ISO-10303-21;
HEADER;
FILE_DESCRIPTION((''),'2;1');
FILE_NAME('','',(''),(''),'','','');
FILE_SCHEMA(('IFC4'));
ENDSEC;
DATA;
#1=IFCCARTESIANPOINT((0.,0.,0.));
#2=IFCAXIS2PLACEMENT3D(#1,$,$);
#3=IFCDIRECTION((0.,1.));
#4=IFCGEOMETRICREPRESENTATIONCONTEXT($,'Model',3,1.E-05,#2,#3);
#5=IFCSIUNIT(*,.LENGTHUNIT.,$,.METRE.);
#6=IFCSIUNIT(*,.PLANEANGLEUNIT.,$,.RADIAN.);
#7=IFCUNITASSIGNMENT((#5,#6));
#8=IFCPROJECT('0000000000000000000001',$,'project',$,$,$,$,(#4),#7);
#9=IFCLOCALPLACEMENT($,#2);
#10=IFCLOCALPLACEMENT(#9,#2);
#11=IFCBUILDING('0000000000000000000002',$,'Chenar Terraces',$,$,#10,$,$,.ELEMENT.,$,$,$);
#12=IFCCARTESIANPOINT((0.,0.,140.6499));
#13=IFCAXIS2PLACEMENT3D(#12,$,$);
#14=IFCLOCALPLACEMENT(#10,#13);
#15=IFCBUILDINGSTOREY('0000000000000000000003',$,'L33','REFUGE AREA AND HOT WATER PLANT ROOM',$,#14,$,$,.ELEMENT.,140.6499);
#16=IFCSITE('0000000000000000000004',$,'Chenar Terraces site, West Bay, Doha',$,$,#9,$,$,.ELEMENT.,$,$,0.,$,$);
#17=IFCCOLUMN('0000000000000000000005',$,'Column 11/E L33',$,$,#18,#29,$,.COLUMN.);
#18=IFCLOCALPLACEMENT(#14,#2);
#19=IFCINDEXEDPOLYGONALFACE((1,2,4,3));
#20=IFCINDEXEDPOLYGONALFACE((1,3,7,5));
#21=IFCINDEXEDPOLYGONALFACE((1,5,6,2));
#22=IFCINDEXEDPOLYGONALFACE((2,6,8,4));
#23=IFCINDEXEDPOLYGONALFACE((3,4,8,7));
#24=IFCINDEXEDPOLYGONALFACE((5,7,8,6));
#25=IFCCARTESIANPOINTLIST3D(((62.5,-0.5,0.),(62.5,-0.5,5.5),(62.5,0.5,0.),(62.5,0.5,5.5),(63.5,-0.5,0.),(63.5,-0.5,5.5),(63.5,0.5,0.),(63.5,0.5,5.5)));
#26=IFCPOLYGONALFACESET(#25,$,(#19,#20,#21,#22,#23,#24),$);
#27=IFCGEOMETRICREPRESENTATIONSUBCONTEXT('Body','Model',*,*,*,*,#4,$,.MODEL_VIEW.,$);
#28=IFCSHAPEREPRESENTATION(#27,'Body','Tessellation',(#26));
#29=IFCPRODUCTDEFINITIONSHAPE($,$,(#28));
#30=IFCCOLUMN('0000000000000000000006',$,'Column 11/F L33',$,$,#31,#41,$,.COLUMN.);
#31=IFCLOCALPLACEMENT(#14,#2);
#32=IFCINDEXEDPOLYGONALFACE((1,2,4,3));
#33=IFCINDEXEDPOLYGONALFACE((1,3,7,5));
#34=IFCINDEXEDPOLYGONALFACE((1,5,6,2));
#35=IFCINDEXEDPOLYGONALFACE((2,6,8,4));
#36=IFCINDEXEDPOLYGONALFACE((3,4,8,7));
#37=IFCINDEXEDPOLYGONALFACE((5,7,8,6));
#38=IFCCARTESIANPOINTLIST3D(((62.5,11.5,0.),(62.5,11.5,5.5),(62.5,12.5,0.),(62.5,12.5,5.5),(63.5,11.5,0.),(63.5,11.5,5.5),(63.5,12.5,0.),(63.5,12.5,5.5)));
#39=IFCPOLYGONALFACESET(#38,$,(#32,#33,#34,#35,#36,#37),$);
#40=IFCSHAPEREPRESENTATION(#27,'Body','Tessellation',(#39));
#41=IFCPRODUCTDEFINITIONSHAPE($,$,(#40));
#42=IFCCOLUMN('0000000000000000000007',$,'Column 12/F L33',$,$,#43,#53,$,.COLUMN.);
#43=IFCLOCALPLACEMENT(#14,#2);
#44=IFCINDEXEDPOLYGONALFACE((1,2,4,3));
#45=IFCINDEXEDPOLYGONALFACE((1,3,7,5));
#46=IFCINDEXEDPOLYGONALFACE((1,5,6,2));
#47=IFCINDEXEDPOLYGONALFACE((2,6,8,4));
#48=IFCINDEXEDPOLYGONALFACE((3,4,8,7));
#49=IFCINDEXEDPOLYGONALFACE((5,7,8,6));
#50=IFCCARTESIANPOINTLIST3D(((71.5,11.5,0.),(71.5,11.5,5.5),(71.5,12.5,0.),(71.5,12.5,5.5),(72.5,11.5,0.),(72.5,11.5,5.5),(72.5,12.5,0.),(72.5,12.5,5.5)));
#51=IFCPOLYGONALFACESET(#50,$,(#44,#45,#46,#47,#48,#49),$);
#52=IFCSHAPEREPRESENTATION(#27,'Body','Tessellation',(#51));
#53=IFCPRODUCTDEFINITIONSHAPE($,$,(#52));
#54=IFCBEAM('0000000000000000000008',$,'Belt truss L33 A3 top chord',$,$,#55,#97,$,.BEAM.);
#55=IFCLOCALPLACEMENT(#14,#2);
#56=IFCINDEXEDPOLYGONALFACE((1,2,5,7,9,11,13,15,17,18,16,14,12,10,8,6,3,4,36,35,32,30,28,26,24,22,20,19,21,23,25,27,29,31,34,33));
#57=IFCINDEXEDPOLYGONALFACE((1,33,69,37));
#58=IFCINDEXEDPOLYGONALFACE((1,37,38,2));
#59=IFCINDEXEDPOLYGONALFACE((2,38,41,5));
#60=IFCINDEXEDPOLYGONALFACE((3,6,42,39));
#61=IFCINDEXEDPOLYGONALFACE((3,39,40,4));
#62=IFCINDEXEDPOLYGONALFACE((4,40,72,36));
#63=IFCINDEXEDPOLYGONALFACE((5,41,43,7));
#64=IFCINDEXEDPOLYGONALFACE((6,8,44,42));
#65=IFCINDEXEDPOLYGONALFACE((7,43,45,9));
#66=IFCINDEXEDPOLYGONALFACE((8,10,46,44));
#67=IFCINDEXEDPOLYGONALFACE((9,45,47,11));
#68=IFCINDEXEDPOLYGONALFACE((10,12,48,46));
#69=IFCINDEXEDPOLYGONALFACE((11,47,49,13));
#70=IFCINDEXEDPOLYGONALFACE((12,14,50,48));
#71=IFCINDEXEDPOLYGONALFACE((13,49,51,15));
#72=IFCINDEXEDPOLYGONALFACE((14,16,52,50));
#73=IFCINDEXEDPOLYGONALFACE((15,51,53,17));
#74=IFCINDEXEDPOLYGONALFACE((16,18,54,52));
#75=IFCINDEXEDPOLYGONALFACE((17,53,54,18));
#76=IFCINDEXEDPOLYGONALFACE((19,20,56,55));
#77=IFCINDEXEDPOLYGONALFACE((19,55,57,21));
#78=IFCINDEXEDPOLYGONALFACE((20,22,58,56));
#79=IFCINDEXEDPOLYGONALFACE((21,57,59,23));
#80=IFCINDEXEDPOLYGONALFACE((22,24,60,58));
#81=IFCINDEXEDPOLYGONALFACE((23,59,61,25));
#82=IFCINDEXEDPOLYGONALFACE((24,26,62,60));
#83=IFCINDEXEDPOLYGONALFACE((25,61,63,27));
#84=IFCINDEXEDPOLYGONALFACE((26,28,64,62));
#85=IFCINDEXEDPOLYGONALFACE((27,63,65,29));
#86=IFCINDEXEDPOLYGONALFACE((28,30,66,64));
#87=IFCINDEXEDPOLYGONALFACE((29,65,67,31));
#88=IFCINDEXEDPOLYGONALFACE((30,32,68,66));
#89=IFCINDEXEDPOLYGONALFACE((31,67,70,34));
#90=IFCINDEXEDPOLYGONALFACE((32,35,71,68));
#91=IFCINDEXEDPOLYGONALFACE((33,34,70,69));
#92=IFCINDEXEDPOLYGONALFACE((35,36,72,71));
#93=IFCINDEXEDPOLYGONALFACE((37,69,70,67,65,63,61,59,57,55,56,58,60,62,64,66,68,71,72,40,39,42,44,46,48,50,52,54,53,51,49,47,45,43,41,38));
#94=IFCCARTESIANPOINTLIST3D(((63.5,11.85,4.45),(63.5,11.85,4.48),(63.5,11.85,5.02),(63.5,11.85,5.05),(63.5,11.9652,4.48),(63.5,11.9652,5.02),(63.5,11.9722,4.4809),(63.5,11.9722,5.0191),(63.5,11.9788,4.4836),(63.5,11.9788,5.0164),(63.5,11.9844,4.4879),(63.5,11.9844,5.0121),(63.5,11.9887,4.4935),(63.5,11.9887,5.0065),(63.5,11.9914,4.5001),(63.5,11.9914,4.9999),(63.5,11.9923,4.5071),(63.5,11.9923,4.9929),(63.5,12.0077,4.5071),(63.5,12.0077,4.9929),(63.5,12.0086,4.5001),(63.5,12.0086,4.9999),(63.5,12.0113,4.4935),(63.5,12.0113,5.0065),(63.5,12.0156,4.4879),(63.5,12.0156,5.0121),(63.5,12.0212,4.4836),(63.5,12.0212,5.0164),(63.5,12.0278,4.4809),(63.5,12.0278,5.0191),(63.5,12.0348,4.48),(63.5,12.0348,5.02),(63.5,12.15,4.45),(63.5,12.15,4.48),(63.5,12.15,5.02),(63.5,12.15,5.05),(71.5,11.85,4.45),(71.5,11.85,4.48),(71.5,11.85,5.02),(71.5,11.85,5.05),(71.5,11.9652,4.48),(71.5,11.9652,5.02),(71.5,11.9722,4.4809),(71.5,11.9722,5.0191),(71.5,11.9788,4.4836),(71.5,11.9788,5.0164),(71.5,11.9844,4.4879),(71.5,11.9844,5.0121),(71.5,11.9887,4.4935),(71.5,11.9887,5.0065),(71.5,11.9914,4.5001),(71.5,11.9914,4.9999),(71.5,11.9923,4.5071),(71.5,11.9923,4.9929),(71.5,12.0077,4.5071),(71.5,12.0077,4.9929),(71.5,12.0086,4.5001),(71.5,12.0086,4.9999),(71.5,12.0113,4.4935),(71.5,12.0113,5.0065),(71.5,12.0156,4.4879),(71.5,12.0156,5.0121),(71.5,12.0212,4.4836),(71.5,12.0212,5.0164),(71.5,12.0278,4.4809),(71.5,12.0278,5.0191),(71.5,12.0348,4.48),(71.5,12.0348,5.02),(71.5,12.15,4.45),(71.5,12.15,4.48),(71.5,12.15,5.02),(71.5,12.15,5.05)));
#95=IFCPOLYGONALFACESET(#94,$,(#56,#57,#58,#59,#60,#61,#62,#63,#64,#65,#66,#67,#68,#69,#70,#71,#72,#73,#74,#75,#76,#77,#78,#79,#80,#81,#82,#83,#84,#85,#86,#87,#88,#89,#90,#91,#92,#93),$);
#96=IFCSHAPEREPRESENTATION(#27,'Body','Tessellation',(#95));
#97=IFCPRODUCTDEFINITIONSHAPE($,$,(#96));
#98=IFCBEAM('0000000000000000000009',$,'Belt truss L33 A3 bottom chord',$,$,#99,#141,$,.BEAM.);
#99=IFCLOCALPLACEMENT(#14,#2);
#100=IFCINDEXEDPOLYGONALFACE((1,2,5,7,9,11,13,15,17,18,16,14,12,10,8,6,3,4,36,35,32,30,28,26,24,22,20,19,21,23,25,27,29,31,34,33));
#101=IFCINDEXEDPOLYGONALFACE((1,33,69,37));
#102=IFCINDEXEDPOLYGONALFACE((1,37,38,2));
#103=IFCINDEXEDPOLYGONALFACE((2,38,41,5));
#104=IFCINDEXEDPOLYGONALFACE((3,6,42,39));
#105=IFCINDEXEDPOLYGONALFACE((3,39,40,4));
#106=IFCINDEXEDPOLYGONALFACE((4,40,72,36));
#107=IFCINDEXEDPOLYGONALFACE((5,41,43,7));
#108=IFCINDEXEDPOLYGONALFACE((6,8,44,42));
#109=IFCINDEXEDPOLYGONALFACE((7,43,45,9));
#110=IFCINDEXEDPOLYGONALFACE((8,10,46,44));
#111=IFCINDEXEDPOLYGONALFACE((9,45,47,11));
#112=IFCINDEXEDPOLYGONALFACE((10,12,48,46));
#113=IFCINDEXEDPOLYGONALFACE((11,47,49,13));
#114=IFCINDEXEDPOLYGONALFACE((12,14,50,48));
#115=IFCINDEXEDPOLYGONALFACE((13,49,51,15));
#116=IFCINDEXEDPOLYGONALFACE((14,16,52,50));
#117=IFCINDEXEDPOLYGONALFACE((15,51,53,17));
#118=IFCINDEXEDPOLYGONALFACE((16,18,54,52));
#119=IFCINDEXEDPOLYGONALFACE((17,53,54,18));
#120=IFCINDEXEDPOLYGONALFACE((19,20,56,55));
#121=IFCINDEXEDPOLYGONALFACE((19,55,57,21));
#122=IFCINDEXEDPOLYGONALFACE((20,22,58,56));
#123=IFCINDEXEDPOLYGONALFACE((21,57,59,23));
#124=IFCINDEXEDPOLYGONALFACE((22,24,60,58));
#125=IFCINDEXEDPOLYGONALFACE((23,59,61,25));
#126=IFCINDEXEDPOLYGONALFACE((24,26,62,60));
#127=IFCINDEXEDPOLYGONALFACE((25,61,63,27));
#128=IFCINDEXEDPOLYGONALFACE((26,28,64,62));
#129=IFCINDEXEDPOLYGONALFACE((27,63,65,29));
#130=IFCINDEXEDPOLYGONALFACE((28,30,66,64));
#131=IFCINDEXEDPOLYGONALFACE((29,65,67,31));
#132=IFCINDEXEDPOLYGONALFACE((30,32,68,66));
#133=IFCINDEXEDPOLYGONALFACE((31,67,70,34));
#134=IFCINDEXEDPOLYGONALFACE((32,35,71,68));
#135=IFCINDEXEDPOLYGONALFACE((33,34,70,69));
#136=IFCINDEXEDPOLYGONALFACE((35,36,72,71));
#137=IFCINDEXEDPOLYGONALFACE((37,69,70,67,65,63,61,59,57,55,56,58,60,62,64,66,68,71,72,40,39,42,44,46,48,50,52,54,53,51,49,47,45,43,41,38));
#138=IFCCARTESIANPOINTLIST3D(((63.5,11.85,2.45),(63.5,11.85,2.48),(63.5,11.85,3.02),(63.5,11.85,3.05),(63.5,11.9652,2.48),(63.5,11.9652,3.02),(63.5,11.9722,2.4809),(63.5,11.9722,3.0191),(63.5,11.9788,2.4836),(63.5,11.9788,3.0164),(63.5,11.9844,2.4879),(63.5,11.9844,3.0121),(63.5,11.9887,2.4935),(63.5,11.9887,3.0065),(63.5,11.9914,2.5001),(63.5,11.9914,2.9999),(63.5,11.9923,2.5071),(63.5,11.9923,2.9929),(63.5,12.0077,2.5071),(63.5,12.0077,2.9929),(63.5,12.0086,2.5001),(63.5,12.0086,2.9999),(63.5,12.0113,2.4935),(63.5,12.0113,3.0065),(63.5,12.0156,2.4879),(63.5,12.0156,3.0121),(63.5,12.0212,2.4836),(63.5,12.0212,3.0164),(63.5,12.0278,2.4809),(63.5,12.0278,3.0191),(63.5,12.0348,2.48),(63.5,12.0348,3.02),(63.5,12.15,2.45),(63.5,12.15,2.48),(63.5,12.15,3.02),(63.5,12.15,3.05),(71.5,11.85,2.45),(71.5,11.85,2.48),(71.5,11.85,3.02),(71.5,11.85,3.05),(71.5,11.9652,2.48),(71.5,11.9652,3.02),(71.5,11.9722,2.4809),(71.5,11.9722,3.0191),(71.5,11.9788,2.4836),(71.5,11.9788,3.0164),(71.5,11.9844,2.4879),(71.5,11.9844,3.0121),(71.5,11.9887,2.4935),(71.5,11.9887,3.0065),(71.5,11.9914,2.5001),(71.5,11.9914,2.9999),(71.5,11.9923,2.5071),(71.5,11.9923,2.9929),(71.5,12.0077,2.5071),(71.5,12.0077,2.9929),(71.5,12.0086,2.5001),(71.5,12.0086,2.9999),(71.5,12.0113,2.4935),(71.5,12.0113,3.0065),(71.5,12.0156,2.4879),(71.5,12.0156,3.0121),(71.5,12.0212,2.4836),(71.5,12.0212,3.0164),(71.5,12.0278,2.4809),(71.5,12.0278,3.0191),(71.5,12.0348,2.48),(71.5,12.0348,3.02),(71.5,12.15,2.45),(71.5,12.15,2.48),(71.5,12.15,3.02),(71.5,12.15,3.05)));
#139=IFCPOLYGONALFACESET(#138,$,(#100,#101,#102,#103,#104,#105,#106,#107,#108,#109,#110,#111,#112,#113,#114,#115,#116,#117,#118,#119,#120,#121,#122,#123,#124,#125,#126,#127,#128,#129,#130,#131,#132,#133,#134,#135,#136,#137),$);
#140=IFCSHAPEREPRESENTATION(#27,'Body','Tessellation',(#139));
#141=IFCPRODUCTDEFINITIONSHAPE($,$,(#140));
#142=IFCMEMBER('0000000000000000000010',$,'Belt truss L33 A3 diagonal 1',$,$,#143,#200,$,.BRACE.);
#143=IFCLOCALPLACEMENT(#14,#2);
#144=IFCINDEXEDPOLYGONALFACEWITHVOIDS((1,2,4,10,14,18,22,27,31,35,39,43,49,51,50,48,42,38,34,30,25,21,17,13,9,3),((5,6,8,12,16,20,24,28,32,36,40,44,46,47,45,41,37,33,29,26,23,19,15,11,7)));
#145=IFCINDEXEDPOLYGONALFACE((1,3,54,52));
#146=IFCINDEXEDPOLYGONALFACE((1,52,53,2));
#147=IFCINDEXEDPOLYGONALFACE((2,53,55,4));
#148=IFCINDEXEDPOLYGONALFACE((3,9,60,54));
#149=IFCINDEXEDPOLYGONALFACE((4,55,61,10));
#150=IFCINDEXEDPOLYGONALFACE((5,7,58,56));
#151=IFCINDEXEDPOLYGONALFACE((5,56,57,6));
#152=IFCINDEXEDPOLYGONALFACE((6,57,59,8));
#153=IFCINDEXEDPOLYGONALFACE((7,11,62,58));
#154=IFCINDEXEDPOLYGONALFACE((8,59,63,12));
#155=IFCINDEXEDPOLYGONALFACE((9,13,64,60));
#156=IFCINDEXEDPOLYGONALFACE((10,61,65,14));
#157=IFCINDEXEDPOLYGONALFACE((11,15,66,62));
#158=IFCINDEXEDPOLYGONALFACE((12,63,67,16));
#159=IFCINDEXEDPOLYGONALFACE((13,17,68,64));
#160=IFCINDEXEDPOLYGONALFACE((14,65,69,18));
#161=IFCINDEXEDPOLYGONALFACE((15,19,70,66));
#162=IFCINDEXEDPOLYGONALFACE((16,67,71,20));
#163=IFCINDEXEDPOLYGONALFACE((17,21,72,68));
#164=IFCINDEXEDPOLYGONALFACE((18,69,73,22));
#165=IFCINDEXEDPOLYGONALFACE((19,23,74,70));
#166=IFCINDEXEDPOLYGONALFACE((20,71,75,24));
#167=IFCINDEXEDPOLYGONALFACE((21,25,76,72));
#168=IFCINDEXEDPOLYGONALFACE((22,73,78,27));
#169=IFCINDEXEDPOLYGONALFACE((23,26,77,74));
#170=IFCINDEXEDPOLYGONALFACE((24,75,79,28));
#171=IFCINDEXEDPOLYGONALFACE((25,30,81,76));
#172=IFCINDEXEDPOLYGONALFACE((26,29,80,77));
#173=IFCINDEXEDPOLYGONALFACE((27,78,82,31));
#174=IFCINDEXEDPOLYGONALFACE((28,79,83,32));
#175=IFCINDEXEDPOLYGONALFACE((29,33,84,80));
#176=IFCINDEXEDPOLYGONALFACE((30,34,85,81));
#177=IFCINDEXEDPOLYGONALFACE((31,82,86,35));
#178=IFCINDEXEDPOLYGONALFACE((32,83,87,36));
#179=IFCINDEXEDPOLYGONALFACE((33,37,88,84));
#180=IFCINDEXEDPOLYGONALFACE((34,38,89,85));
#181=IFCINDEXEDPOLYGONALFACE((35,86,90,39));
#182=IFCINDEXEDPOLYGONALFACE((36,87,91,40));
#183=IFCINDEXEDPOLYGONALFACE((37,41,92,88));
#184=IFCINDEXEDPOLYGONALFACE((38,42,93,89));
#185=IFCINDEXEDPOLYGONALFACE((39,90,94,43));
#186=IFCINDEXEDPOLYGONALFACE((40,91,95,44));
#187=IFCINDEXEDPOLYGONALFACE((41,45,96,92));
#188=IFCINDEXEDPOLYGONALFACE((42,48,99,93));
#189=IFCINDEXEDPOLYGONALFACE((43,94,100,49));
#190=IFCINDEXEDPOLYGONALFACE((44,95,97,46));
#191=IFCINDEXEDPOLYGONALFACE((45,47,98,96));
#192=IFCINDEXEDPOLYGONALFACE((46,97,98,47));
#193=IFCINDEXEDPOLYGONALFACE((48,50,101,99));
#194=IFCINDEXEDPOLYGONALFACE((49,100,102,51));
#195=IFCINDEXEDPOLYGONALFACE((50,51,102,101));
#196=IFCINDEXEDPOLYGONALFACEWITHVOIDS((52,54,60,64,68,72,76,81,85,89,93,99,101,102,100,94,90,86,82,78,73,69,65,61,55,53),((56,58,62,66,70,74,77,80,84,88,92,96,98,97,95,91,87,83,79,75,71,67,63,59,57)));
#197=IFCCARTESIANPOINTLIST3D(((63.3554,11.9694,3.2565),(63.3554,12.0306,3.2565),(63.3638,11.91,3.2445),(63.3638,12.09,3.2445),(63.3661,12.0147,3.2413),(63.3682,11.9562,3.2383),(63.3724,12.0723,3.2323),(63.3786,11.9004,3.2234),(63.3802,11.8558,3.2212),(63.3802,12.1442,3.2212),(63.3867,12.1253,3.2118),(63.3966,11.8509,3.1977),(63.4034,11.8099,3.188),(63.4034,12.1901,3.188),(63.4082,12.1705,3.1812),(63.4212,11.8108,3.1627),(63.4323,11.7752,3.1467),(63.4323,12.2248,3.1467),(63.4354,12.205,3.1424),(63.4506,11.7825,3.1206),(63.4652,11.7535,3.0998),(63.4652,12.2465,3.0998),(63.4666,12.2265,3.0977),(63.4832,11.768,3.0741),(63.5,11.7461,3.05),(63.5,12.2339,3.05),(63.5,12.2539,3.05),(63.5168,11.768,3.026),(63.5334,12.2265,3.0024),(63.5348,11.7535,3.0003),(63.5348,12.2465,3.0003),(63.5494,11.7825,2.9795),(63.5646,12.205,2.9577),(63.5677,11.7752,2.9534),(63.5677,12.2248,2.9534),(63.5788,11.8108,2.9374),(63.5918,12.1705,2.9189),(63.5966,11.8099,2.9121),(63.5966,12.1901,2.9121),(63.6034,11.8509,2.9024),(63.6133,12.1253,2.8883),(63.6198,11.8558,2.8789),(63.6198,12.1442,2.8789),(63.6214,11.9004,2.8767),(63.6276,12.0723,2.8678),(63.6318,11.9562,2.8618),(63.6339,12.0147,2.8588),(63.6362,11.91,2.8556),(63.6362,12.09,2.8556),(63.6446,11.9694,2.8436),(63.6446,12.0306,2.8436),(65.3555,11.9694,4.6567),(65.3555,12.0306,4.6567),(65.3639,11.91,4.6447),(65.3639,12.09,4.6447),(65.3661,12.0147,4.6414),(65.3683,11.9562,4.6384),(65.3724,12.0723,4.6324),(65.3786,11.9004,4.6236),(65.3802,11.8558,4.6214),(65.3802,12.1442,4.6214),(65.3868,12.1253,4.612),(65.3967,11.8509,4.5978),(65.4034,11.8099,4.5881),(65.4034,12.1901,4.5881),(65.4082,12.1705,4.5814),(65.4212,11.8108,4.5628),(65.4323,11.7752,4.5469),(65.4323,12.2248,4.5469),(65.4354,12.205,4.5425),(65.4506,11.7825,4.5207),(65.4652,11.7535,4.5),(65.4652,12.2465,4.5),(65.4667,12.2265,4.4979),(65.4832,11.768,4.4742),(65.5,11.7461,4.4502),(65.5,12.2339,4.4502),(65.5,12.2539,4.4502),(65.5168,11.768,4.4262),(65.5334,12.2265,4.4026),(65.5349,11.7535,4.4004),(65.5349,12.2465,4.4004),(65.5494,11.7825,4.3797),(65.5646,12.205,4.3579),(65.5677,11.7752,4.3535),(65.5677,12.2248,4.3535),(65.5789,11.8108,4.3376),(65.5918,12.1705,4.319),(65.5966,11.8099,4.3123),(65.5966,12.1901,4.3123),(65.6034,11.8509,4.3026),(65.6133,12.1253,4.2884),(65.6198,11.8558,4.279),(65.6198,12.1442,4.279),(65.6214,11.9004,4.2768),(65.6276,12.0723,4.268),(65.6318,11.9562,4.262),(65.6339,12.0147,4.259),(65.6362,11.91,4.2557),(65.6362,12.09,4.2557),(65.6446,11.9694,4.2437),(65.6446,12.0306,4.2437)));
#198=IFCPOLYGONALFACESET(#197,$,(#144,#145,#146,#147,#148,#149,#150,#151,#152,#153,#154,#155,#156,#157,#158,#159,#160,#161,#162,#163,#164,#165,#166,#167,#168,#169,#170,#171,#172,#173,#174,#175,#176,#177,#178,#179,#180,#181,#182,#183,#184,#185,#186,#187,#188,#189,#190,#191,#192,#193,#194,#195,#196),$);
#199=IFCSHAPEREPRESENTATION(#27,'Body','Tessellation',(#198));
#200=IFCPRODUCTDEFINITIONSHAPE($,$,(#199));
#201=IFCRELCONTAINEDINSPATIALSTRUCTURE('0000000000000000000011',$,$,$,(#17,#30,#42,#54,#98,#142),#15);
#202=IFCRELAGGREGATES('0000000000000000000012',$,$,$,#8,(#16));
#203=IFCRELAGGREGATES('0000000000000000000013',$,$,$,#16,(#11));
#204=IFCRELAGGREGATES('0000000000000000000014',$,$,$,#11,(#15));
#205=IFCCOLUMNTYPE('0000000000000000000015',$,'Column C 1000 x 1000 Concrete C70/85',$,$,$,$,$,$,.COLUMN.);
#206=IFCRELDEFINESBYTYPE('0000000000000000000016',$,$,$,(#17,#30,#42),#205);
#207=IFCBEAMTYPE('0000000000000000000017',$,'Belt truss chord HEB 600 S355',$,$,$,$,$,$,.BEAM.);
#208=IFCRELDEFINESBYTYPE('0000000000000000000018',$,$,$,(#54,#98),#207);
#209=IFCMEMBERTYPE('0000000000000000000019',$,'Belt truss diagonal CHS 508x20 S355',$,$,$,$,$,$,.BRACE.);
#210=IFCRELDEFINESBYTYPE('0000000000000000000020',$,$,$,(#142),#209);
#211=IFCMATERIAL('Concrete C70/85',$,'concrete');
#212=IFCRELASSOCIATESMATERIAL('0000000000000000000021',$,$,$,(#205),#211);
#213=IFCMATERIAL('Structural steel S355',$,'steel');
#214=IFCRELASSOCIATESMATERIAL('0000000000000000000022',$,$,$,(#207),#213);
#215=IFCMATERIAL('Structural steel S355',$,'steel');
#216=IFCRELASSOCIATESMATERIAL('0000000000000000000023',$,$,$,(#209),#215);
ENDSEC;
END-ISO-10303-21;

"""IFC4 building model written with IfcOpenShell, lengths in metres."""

from ifc_helpers import new_model, si_unit, direction, frame, origin, origin_2d, place, context, subcontext, project, spatial, rectangle, hollow_circle, i_section, extrude, material, material_profile, profile_set, type_object, element, save


model = new_model("IFC4")

# Units and contexts
model_context = context("Model", 3, precision=1e-05, world=origin(), true_north=direction((0.0, 1.0)))
body_context = subcontext(model_context, "Body", "Model", "MODEL_VIEW")
ifc_project = project(units=[si_unit("LENGTHUNIT", "METRE"), si_unit("PLANEANGLEUNIT", "RADIAN")], contexts=[model_context])

# Site, building, storey
site_placement = place(None, origin())
site = spatial("IfcSite", under=ifc_project, at=site_placement, Name="Chenar Terraces site, West Bay, Doha", CompositionType="ELEMENT", RefElevation=0.0)
building_placement = place(site_placement, origin())
building = spatial("IfcBuilding", under=site, at=building_placement, Name="Chenar Terraces", CompositionType="ELEMENT")
storey_placement = place(building_placement, frame((0.0, 0.0, 140.6499)))
storey = spatial("IfcBuildingStorey", under=building, at=storey_placement, Name="L33", Description="REFUGE AREA AND HOT WATER PLANT ROOM", CompositionType="ELEMENT", Elevation=140.6499)

# Columns
ifc_material_1 = material(Name="Concrete C70/85", Category="concrete")
ifc_material_profile_1 = material_profile(ifc_material_1, rectangle(XDim=1.0, YDim=1.0, at=origin_2d()), Name="C 1000 x 1000")
ifc_profile_set_1 = profile_set([ifc_material_profile_1], Name="Concrete C70/85")
column_type = type_object("IfcColumnType", Name="Column C 1000 x 1000 Concrete C70/85", PredefinedType="COLUMN", material=ifc_profile_set_1)
for number, where, z_axis, x_axis, name in (
    (1, (63.0, 0.0, 0.0), (0.0, 0.0, 1.0), (1.0, 0.0, 0.0), "Column 11/E L33"),
    (2, (63.0, 12.0, 0.0), (0.0, 0.0, 1.0), (1.0, 0.0, 0.0), "Column 11/F L33"),
    (3, (72.0, 12.0, 0.0), (0.0, 0.0, 1.0), (1.0, 0.0, 0.0), "Column 12/F L33"),
):
    element("IfcColumn", number, at=place(storey_placement, frame(where, z_axis=z_axis, x_axis=x_axis)), inside=storey, type_object=column_type, Name=name, PredefinedType="COLUMN", context=body_context, shape_type="SweptSolid", body=[
        extrude(rectangle(XDim=1.0, YDim=1.0, at=origin_2d()), origin(), (0.0, 0.0, 1.0), 5.5),
    ])

# Beams
ifc_material_2 = material(Name="Structural steel S355", Category="steel")
ifc_material_profile_2 = material_profile(ifc_material_2, i_section(OverallWidth=0.3, OverallDepth=0.6001, WebThickness=0.0154, FlangeThickness=0.03, FilletRadius=0.0271, at=origin_2d()), Name="HEB 600")
ifc_profile_set_2 = profile_set([ifc_material_profile_2], Name="Structural steel S355")
beam_type_1 = type_object("IfcBeamType", Name="Belt truss chord HEB 600 S355", PredefinedType="BEAM", material=ifc_profile_set_2)
for number, where, z_axis, x_axis, name in (
    (4, (63.5, 12.0, 4.75), (1.0, 0.0, 0.0), (0.0, 1.0, 0.0), "Belt truss L33 A3 top chord"),
    (5, (63.5, 12.0, 2.75), (1.0, 0.0, 0.0), (0.0, 1.0, 0.0), "Belt truss L33 A3 bottom chord"),
):
    element("IfcBeam", number, at=place(storey_placement, frame(where, z_axis=z_axis, x_axis=x_axis)), inside=storey, type_object=beam_type_1, Name=name, PredefinedType="BEAM", context=body_context, shape_type="SweptSolid", body=[
        extrude(i_section(OverallWidth=0.3, OverallDepth=0.6001, WebThickness=0.0154, FlangeThickness=0.03, FilletRadius=0.0271, at=origin_2d()), origin(), (0.0, 0.0, 1.0), 8.0),
    ])

# Member
ifc_material_3 = material(Name="Structural steel S355", Category="steel")
ifc_material_profile_3 = material_profile(ifc_material_3, hollow_circle(Radius=0.2539, WallThickness=0.02, at=origin_2d()), Name="CHS 508x20")
ifc_profile_set_3 = profile_set([ifc_material_profile_3], Name="Structural steel S355")
member_type = type_object("IfcMemberType", Name="Belt truss diagonal CHS 508x20 S355", PredefinedType="BRACE", material=ifc_profile_set_3)
for number, where, z_axis, x_axis, name in (
    (6, (63.5, 12.0, 3.05), (0.819204, 0.0, 0.573503), (0.0, 1.0, 0.0), "Belt truss L33 A3 diagonal 1"),
):
    element("IfcMember", number, at=place(storey_placement, frame(where, z_axis=z_axis, x_axis=x_axis)), inside=storey, type_object=member_type, Name=name, PredefinedType="BRACE", context=body_context, shape_type="SweptSolid", body=[
        extrude(hollow_circle(Radius=0.2539, WallThickness=0.02, at=origin_2d()), origin(), (0.0, 0.0, 1.0), 2.4414),
    ])

save(model, "model.ifc")
